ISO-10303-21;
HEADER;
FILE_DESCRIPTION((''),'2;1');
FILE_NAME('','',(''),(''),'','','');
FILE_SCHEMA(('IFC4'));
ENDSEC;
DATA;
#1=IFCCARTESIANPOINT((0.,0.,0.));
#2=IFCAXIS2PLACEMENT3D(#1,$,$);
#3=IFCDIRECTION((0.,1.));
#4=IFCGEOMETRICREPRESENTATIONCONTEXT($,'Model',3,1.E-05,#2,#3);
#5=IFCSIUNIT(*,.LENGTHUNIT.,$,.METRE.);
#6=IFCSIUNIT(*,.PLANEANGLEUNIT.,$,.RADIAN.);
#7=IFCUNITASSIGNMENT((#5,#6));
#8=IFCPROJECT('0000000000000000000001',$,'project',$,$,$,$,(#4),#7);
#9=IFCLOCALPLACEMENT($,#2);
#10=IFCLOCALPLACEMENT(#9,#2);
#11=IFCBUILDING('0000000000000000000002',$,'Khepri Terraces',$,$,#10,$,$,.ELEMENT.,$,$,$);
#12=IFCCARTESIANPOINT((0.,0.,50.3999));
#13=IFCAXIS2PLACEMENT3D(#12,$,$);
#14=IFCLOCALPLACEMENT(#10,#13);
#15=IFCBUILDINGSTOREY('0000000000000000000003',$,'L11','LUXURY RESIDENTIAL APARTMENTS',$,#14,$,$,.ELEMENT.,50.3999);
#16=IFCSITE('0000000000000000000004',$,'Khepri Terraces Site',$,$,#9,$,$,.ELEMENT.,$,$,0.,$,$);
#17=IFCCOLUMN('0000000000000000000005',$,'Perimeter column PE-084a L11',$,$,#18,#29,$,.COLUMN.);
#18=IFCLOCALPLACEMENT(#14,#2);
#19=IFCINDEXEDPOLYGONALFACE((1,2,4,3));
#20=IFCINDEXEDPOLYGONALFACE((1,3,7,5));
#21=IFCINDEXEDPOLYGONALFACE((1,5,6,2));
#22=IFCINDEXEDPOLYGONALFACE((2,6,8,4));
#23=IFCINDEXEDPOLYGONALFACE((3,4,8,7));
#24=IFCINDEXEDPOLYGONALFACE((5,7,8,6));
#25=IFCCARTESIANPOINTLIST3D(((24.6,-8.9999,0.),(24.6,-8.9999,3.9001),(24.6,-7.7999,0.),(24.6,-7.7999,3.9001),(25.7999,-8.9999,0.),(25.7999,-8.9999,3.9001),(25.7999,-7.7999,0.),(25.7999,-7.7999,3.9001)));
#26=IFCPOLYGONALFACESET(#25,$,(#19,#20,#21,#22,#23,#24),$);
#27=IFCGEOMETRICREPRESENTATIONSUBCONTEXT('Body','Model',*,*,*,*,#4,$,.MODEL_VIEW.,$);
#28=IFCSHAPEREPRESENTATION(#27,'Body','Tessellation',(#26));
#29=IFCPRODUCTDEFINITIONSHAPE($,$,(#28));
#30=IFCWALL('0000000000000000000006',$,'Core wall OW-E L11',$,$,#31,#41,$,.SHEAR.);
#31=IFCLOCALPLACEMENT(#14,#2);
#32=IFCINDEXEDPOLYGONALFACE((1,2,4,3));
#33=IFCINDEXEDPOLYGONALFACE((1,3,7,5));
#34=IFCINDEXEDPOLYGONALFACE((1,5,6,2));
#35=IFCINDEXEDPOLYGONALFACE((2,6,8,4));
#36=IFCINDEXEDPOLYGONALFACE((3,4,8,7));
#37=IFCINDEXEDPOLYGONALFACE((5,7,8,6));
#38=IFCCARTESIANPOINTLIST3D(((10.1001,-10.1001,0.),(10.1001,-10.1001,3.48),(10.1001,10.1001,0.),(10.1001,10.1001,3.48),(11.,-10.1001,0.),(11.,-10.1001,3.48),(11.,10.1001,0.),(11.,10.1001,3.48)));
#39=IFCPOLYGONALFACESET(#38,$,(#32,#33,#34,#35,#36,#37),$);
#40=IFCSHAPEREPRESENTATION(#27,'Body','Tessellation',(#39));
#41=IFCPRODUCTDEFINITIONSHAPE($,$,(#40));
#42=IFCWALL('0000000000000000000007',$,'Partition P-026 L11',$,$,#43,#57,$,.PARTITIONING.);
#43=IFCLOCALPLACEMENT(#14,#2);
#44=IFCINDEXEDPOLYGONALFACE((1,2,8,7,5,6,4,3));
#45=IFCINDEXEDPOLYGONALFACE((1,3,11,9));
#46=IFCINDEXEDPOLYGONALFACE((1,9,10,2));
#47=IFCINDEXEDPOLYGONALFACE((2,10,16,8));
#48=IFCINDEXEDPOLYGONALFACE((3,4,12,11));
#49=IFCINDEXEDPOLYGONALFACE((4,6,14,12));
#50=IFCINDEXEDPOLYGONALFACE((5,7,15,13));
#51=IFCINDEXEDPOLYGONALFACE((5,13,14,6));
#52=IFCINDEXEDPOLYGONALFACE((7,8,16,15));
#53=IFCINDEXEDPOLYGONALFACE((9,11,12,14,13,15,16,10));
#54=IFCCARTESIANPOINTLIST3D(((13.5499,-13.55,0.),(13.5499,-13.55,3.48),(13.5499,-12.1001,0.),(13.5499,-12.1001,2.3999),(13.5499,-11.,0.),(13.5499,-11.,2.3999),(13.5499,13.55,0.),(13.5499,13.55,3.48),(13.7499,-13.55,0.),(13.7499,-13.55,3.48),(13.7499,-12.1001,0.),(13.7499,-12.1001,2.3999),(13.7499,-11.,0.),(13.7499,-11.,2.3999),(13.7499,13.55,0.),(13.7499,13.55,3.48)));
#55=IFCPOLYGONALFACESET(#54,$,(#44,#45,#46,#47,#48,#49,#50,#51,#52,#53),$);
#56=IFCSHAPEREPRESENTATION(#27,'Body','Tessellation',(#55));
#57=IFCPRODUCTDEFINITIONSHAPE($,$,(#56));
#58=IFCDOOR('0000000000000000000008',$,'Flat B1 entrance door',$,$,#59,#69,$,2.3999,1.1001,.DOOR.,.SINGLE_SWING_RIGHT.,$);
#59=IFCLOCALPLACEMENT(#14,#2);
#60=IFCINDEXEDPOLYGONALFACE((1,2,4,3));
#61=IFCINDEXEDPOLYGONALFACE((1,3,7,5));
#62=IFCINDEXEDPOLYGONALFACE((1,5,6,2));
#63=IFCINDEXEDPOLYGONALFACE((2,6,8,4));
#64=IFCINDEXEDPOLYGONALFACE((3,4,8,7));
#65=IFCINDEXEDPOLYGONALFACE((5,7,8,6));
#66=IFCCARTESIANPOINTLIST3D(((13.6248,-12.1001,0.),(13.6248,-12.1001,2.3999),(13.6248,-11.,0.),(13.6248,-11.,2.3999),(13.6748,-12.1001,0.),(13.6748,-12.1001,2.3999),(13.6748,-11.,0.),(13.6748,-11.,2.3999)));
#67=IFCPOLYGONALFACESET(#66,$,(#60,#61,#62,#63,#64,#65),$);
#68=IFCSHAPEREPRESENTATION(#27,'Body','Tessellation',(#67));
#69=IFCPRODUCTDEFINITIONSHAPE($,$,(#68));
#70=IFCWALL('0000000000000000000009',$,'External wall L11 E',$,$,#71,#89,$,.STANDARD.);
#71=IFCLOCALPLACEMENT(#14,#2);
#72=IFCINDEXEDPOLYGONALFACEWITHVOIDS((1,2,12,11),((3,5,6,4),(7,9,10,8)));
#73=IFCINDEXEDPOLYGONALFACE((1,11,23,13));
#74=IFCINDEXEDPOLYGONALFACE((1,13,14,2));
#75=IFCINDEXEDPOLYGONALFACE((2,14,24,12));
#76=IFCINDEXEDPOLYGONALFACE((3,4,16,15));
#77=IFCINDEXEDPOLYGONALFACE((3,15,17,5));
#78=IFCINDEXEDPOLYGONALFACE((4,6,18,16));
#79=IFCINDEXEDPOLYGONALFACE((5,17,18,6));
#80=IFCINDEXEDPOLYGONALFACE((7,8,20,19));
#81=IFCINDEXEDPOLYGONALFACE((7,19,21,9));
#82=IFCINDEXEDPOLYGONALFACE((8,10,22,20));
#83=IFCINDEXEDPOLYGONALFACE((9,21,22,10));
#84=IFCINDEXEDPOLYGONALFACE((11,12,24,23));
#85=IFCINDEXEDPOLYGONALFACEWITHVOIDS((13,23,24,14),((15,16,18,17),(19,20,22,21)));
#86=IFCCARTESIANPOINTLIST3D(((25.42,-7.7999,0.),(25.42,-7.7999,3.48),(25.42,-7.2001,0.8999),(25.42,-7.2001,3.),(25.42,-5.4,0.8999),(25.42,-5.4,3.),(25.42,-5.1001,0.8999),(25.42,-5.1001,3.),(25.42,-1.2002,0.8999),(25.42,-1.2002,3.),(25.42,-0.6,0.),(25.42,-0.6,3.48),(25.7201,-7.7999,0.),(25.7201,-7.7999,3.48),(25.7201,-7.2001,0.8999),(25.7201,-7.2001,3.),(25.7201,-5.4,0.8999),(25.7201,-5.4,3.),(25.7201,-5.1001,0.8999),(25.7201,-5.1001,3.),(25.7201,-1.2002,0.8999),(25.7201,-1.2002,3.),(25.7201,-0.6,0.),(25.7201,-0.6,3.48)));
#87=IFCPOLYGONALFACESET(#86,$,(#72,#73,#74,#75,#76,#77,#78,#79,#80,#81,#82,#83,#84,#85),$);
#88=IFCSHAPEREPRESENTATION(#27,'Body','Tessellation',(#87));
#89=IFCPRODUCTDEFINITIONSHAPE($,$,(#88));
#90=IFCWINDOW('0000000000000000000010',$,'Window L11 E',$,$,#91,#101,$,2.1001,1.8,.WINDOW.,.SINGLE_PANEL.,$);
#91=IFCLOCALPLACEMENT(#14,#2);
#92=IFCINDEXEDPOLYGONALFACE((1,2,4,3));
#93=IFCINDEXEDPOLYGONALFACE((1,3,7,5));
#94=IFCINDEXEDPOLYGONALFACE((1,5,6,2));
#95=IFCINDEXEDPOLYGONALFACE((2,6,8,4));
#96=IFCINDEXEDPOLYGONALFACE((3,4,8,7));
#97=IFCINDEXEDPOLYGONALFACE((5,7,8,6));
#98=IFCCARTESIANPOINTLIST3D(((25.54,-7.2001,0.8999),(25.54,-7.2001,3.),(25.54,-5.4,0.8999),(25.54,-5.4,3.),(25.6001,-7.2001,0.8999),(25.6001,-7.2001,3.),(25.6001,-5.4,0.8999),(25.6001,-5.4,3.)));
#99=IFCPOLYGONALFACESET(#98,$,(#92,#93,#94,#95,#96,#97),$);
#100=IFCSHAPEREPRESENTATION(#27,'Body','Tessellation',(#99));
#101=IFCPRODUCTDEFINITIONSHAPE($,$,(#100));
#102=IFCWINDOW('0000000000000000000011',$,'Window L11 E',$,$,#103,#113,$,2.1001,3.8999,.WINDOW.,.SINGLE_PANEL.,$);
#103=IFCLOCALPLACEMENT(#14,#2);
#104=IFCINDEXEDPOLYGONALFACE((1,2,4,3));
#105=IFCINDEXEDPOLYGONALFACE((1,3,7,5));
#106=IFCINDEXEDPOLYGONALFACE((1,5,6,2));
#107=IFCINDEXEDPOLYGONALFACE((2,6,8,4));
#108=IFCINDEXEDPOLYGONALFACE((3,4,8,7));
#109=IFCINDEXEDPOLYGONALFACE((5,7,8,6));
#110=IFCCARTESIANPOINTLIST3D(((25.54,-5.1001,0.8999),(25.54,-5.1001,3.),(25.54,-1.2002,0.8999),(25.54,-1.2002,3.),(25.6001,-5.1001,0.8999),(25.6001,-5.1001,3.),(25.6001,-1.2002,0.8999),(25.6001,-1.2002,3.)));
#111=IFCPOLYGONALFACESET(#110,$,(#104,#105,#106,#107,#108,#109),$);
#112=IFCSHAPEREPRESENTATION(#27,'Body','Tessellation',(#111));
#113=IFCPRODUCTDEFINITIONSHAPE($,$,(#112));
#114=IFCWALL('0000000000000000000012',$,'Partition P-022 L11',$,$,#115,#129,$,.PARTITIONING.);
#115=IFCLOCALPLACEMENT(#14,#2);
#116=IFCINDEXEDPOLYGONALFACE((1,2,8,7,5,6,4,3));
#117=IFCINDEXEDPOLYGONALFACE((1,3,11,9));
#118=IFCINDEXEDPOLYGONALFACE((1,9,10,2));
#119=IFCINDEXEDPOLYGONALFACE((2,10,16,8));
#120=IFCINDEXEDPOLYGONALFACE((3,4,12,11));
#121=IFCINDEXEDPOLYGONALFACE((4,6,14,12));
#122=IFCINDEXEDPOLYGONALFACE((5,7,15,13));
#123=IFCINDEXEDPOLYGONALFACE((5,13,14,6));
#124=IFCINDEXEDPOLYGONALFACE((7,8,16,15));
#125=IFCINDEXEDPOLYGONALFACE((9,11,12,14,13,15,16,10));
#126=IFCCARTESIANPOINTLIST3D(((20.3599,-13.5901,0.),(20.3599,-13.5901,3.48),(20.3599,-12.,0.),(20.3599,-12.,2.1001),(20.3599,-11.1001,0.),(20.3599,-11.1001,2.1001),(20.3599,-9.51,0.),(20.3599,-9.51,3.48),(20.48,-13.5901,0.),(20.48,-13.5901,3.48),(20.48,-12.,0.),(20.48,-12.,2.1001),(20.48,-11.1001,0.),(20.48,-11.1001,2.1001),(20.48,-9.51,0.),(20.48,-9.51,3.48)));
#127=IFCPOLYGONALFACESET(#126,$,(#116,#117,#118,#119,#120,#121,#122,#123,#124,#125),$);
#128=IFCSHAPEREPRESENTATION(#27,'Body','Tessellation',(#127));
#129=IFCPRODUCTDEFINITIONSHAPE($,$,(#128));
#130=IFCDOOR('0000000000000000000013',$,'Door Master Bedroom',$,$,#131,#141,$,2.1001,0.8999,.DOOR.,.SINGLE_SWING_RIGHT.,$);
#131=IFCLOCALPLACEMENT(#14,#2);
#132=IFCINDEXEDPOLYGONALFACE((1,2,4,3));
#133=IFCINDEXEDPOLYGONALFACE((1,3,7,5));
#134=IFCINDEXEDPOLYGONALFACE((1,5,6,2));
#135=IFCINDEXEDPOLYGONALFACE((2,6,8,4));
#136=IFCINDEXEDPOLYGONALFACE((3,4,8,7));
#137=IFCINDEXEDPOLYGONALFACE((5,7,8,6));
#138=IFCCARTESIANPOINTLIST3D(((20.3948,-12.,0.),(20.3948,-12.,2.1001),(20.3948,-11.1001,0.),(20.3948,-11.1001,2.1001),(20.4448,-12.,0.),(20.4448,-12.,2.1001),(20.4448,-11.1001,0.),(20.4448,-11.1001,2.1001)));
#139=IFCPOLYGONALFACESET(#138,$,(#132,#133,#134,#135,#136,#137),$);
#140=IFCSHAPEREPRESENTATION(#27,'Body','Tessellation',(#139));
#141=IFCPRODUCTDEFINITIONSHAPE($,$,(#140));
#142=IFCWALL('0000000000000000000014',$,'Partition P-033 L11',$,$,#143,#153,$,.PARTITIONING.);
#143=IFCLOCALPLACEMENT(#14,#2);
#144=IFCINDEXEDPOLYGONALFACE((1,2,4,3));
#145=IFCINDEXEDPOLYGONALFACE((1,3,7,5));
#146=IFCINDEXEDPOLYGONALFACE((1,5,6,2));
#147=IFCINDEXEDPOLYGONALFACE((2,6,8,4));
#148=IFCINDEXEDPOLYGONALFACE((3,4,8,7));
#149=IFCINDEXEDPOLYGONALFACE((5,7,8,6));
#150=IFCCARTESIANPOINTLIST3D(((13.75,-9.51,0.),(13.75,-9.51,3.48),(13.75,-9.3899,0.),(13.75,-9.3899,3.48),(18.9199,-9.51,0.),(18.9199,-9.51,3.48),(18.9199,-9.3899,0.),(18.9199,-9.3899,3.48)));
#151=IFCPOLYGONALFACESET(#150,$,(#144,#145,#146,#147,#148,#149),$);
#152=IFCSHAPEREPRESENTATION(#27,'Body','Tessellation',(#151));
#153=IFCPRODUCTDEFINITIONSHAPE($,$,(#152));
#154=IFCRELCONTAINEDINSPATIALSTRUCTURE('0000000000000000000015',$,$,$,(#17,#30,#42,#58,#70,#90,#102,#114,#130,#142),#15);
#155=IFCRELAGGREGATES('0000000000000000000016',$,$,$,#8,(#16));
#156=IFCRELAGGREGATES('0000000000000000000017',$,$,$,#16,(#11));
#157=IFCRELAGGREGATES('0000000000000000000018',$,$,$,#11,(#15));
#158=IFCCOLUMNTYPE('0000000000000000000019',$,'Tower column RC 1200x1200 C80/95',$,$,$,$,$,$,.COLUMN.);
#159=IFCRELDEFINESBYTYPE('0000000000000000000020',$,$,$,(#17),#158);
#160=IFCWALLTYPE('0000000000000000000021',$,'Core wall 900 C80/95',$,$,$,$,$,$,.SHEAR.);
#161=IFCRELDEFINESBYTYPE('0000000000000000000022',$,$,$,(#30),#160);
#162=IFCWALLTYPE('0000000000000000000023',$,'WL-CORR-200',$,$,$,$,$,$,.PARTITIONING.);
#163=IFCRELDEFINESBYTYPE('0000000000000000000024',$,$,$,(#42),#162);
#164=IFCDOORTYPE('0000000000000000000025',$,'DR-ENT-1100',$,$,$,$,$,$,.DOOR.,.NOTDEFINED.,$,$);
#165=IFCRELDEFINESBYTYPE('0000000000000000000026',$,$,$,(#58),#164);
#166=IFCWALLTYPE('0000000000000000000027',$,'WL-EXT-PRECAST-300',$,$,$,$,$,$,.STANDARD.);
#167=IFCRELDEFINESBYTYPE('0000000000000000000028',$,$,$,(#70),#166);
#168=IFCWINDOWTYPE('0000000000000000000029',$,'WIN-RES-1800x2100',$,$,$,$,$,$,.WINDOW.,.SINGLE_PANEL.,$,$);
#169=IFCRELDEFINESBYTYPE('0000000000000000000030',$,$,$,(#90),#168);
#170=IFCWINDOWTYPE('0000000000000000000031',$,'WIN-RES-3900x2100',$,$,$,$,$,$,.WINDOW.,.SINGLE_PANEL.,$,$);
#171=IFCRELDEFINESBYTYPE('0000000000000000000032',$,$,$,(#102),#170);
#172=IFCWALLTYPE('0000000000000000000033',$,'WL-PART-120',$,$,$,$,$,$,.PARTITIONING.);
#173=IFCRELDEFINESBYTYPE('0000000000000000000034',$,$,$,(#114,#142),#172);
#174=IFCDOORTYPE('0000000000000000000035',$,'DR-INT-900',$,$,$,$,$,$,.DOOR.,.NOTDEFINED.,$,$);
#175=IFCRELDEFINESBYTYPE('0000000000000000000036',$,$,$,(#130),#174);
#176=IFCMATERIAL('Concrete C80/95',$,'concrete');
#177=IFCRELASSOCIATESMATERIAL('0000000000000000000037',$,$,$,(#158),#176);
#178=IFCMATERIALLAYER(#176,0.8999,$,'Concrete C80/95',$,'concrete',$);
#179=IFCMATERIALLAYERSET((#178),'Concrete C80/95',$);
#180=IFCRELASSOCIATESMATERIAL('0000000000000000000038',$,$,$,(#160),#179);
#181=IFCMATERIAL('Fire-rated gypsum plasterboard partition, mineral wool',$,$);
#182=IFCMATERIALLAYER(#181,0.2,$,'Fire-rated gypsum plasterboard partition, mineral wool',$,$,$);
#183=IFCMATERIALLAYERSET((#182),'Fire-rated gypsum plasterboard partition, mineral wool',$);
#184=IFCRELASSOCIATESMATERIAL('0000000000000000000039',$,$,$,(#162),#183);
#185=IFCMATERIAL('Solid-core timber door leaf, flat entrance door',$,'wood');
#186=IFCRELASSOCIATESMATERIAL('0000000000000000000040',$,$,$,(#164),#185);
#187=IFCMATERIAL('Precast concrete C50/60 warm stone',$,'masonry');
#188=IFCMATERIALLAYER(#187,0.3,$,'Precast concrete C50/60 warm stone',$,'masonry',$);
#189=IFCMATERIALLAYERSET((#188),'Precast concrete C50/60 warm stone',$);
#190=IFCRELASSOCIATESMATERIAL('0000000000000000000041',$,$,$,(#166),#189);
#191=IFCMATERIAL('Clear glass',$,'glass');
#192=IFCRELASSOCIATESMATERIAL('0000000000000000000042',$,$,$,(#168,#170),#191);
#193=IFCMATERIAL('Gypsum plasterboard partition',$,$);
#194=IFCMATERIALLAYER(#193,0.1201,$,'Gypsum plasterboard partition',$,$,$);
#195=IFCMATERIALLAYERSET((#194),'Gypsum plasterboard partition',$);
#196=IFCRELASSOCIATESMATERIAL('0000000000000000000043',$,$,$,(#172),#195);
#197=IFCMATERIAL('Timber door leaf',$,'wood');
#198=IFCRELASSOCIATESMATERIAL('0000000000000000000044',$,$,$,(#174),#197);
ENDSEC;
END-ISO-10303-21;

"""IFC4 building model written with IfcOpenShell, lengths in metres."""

from ifc_helpers import new_model, si_unit, direction, frame, frame_2d, origin, origin_2d, place, context, subcontext, project, spatial, rectangle, extrude, material, layer, layer_set, material_profile, profile_set, type_object, element, fill, save


model = new_model("IFC4")

# Units and contexts
model_context = context("Model", 3, precision=1e-05, world=origin(), true_north=direction((0.0, 1.0)))
body_context = subcontext(model_context, "Body", "Model", "MODEL_VIEW")
ifc_project = project(units=[si_unit("LENGTHUNIT", "METRE"), si_unit("PLANEANGLEUNIT", "RADIAN")], contexts=[model_context])

# Site, building, storey
site_placement = place(None, origin())
site = spatial("IfcSite", under=ifc_project, at=site_placement, Name="Khepri Terraces Site", CompositionType="ELEMENT", RefElevation=0.0)
building_placement = place(site_placement, origin())
building = spatial("IfcBuilding", under=site, at=building_placement, Name="Khepri Terraces", CompositionType="ELEMENT")
storey_placement = place(building_placement, frame((0.0, 0.0, 50.3999)))
storey = spatial("IfcBuildingStorey", under=building, at=storey_placement, Name="L11", Description="LUXURY RESIDENTIAL APARTMENTS", CompositionType="ELEMENT", Elevation=50.3999)

# Column
ifc_material_1 = material(Name="Concrete C80/95", Category="concrete")
ifc_material_profile = material_profile(ifc_material_1, rectangle(XDim=1.2, YDim=1.2, at=origin_2d()), Name="Concrete C80/95", Category="concrete")
ifc_profile_set = profile_set([ifc_material_profile], Name="Concrete C80/95")
column_type = type_object("IfcColumnType", Name="Tower column RC 1200x1200 C80/95", PredefinedType="COLUMN", material=ifc_profile_set)
column_placement = place(storey_placement, frame((25.2, -8.3999, 0.0), z_axis=(0.0, 0.0, 1.0), x_axis=(1.0, 0.0, 0.0)))
element("IfcColumn", 1, at=column_placement, inside=storey, type_object=column_type, Name="Perimeter column PE-084a L11", PredefinedType="COLUMN", context=body_context, shape_type="SweptSolid", body=[
    extrude(rectangle(XDim=1.2, YDim=1.2, at=origin_2d()), origin(), (0.0, 0.0, 1.0), 3.9001),
])

# Wall
ifc_layer_1 = layer(ifc_material_1, 0.8999, Name="Concrete C80/95", Category="concrete")
ifc_layer_set_1 = layer_set([ifc_layer_1], Name="Concrete C80/95")
wall_type_1 = type_object("IfcWallType", Name="Core wall 900 C80/95", PredefinedType="SHEAR", material=ifc_layer_set_1)
wall_1_placement = place(storey_placement, frame((10.55, -10.1001, 0.0), z_axis=(0.0, 0.0, 1.0), x_axis=(0.0, 1.0, 0.0)))
element("IfcWall", 2, at=wall_1_placement, inside=storey, type_object=wall_type_1, Name="Core wall OW-E L11", PredefinedType="SHEAR", context=body_context, shape_type="SweptSolid", body=[
    extrude(rectangle(XDim=20.2002, YDim=0.8999, at=frame_2d((10.1001, 0.0))), origin(), (0.0, 0.0, 1.0), 3.48),
])

# Wall, opening, door
ifc_material_2 = material(Name="Fire-rated gypsum plasterboard partition, mineral wool")
ifc_layer_2 = layer(ifc_material_2, 0.2, Name="Fire-rated gypsum plasterboard partition, mineral wool")
ifc_layer_set_2 = layer_set([ifc_layer_2], Name="Fire-rated gypsum plasterboard partition, mineral wool")
wall_type_2 = type_object("IfcWallType", Name="WL-CORR-200", PredefinedType="PARTITIONING", material=ifc_layer_set_2)
wall_2_placement = place(storey_placement, frame((13.6499, -13.55, 0.0), z_axis=(0.0, 0.0, 1.0), x_axis=(0.0, 1.0, 0.0)))
wall_2 = element("IfcWall", 3, at=wall_2_placement, inside=storey, type_object=wall_type_2, Name="Partition P-026 L11", PredefinedType="PARTITIONING", context=body_context, shape_type="SweptSolid", body=[
    extrude(rectangle(XDim=27.1001, YDim=0.2, at=frame_2d((13.55, 0.0))), origin(), (0.0, 0.0, 1.0), 3.48),
])
opening_1_placement = place(wall_2_placement, frame((1.45, 0.0, 0.0)))
opening_1 = element("IfcOpeningElement", 4, at=opening_1_placement, cuts=wall_2, PredefinedType="OPENING", context=body_context, shape_type="SweptSolid", body=[
    extrude(rectangle(XDim=1.1001, YDim=2.3999, at=frame_2d((0.55, 1.2))), frame((0.0, 0.1099, 0.0), z_axis=(0.0, -1.0, 0.0), x_axis=(1.0, 0.0, 0.0)), (0.0, 0.0, 1.0), 0.22),
])
ifc_material_3 = material(Name="Solid-core timber door leaf, flat entrance door", Category="wood")
door_type_1 = type_object("IfcDoorType", Name="DR-ENT-1100", OperationType="NOTDEFINED", PredefinedType="DOOR", material=ifc_material_3)
door_1_placement = place(opening_1_placement, frame((1.1001, 0.0, 0.0), z_axis=(0.0, 0.0, 1.0), x_axis=(-1.0, 0.0, 0.0)))
door_1 = element("IfcDoor", 5, at=door_1_placement, inside=storey, type_object=door_type_1, Name="Flat B1 entrance door", OperationType="SINGLE_SWING_RIGHT", OverallHeight=2.3999, OverallWidth=1.1001, PredefinedType="DOOR", context=body_context, shape_type="SweptSolid", body=[
    extrude(rectangle(XDim=1.1001, YDim=2.3999, at=frame_2d((0.55, 1.2))), frame((0.0, 0.0249, 0.0), z_axis=(0.0, -1.0, 0.0), x_axis=(1.0, 0.0, 0.0)), (0.0, 0.0, 1.0), 0.05),
])
fill(opening_1, door_1)

# Wall, openings, windows
ifc_material_4 = material(Name="Precast concrete C50/60 warm stone", Category="masonry")
ifc_layer_3 = layer(ifc_material_4, 0.3, Name="Precast concrete C50/60 warm stone", Category="masonry")
ifc_layer_set_3 = layer_set([ifc_layer_3], Name="Precast concrete C50/60 warm stone")
wall_type_3 = type_object("IfcWallType", Name="WL-EXT-PRECAST-300", PredefinedType="STANDARD", material=ifc_layer_set_3)
wall_3_placement = place(storey_placement, frame((25.5701, -7.8, 0.0), z_axis=(0.0, 0.0, 1.0), x_axis=(0.0, 1.0, 0.0)))
wall_3 = element("IfcWall", 6, at=wall_3_placement, inside=storey, type_object=wall_type_3, Name="External wall L11 E", PredefinedType="STANDARD", context=body_context, shape_type="SweptSolid", body=[
    extrude(rectangle(XDim=7.2, YDim=0.3, at=frame_2d((3.6001, 0.0))), origin(), (0.0, 0.0, 1.0), 3.48),
])
opening_2_placement = place(wall_3_placement, frame((0.6001, 0.0, 0.8999)))
opening_2 = element("IfcOpeningElement", 7, at=opening_2_placement, cuts=wall_3, PredefinedType="OPENING", context=body_context, shape_type="SweptSolid", body=[
    extrude(rectangle(XDim=1.8, YDim=2.1001, at=frame_2d((0.8999, 1.05))), frame((0.0, 0.1602, 0.0), z_axis=(0.0, -1.0, 0.0), x_axis=(1.0, 0.0, 0.0)), (0.0, 0.0, 1.0), 0.3201),
])
opening_3_placement = place(wall_3_placement, frame((2.7, 0.0, 0.8999)))
opening_3 = element("IfcOpeningElement", 8, at=opening_3_placement, cuts=wall_3, PredefinedType="OPENING", context=body_context, shape_type="SweptSolid", body=[
    extrude(rectangle(XDim=3.8999, YDim=2.1001, at=frame_2d((1.95, 1.05))), frame((0.0, 0.1602, 0.0), z_axis=(0.0, -1.0, 0.0), x_axis=(1.0, 0.0, 0.0)), (0.0, 0.0, 1.0), 0.3201),
])
ifc_material_5 = material(Name="Clear glass", Category="glass")
window_type_1 = type_object("IfcWindowType", Name="WIN-RES-1800x2100", PartitioningType="SINGLE_PANEL", PredefinedType="WINDOW", material=ifc_material_5)
window_1_placement = place(opening_2_placement, origin())
window_1 = element("IfcWindow", 9, at=window_1_placement, inside=storey, type_object=window_type_1, Name="Window L11 E", OverallHeight=2.1001, OverallWidth=1.8, PartitioningType="SINGLE_PANEL", PredefinedType="WINDOW", context=body_context, shape_type="SweptSolid", body=[
    extrude(rectangle(XDim=1.8, YDim=2.1001, at=frame_2d((0.8999, 1.05))), frame((0.0, 0.03, 0.0), z_axis=(0.0, -1.0, 0.0), x_axis=(1.0, 0.0, 0.0)), (0.0, 0.0, 1.0), 0.0601),
])
fill(opening_2, window_1)
window_type_2 = type_object("IfcWindowType", Name="WIN-RES-3900x2100", PartitioningType="SINGLE_PANEL", PredefinedType="WINDOW", material=ifc_material_5)
window_2_placement = place(opening_3_placement, origin())
window_2 = element("IfcWindow", 10, at=window_2_placement, inside=storey, type_object=window_type_2, Name="Window L11 E", OverallHeight=2.1001, OverallWidth=3.8999, PartitioningType="SINGLE_PANEL", PredefinedType="WINDOW", context=body_context, shape_type="SweptSolid", body=[
    extrude(rectangle(XDim=3.8999, YDim=2.1001, at=frame_2d((1.95, 1.05))), frame((0.0, 0.03, 0.0), z_axis=(0.0, -1.0, 0.0), x_axis=(1.0, 0.0, 0.0)), (0.0, 0.0, 1.0), 0.0601),
])
fill(opening_3, window_2)

# Wall, opening, door
ifc_material_6 = material(Name="Gypsum plasterboard partition")
ifc_layer_4 = layer(ifc_material_6, 0.1201, Name="Gypsum plasterboard partition")
ifc_layer_set_4 = layer_set([ifc_layer_4], Name="Gypsum plasterboard partition")
wall_type_4 = type_object("IfcWallType", Name="WL-PART-120", PredefinedType="PARTITIONING", material=ifc_layer_set_4)
wall_4_placement = place(storey_placement, frame((20.4199, -13.5901, 0.0), z_axis=(0.0, 0.0, 1.0), x_axis=(0.0, 1.0, 0.0)))
wall_4 = element("IfcWall", 11, at=wall_4_placement, inside=storey, type_object=wall_type_4, Name="Partition P-022 L11", PredefinedType="PARTITIONING", context=body_context, shape_type="SweptSolid", body=[
    extrude(rectangle(XDim=4.0801, YDim=0.1201, at=frame_2d((2.04, 0.0))), origin(), (0.0, 0.0, 1.0), 3.48),
])
opening_4_placement = place(wall_4_placement, frame((1.5901, 0.0, 0.0)))
opening_4 = element("IfcOpeningElement", 12, at=opening_4_placement, cuts=wall_4, PredefinedType="OPENING", context=body_context, shape_type="SweptSolid", body=[
    extrude(rectangle(XDim=0.8999, YDim=2.1001, at=frame_2d((0.45, 1.05))), frame((0.0, 0.0701, 0.0), z_axis=(0.0, -1.0, 0.0), x_axis=(1.0, 0.0, 0.0)), (0.0, 0.0, 1.0), 0.1401),
])
ifc_material_7 = material(Name="Timber door leaf", Category="wood")
door_type_2 = type_object("IfcDoorType", Name="DR-INT-900", OperationType="NOTDEFINED", PredefinedType="DOOR", material=ifc_material_7)
door_2_placement = place(opening_4_placement, frame((0.8999, 0.0, 0.0), z_axis=(0.0, 0.0, 1.0), x_axis=(-1.0, 0.0, 0.0)))
door_2 = element("IfcDoor", 13, at=door_2_placement, inside=storey, type_object=door_type_2, Name="Door Master Bedroom", OperationType="SINGLE_SWING_RIGHT", OverallHeight=2.1001, OverallWidth=0.8999, PredefinedType="DOOR", context=body_context, shape_type="SweptSolid", body=[
    extrude(rectangle(XDim=0.8999, YDim=2.1001, at=frame_2d((0.45, 1.05))), frame((0.0, 0.0249, 0.0), z_axis=(0.0, -1.0, 0.0), x_axis=(1.0, 0.0, 0.0)), (0.0, 0.0, 1.0), 0.05),
])
fill(opening_4, door_2)

# Wall
wall_5_placement = place(storey_placement, frame((13.75, -9.45, 0.0), z_axis=(0.0, 0.0, 1.0), x_axis=(1.0, 0.0, 0.0)))
element("IfcWall", 14, at=wall_5_placement, inside=storey, type_object=wall_type_4, Name="Partition P-033 L11", PredefinedType="PARTITIONING", context=body_context, shape_type="SweptSolid", body=[
    extrude(rectangle(XDim=5.1699, YDim=0.1201, at=frame_2d((2.585, 0.0))), origin(), (0.0, 0.0, 1.0), 3.48),
])

save(model, "model.ifc")
